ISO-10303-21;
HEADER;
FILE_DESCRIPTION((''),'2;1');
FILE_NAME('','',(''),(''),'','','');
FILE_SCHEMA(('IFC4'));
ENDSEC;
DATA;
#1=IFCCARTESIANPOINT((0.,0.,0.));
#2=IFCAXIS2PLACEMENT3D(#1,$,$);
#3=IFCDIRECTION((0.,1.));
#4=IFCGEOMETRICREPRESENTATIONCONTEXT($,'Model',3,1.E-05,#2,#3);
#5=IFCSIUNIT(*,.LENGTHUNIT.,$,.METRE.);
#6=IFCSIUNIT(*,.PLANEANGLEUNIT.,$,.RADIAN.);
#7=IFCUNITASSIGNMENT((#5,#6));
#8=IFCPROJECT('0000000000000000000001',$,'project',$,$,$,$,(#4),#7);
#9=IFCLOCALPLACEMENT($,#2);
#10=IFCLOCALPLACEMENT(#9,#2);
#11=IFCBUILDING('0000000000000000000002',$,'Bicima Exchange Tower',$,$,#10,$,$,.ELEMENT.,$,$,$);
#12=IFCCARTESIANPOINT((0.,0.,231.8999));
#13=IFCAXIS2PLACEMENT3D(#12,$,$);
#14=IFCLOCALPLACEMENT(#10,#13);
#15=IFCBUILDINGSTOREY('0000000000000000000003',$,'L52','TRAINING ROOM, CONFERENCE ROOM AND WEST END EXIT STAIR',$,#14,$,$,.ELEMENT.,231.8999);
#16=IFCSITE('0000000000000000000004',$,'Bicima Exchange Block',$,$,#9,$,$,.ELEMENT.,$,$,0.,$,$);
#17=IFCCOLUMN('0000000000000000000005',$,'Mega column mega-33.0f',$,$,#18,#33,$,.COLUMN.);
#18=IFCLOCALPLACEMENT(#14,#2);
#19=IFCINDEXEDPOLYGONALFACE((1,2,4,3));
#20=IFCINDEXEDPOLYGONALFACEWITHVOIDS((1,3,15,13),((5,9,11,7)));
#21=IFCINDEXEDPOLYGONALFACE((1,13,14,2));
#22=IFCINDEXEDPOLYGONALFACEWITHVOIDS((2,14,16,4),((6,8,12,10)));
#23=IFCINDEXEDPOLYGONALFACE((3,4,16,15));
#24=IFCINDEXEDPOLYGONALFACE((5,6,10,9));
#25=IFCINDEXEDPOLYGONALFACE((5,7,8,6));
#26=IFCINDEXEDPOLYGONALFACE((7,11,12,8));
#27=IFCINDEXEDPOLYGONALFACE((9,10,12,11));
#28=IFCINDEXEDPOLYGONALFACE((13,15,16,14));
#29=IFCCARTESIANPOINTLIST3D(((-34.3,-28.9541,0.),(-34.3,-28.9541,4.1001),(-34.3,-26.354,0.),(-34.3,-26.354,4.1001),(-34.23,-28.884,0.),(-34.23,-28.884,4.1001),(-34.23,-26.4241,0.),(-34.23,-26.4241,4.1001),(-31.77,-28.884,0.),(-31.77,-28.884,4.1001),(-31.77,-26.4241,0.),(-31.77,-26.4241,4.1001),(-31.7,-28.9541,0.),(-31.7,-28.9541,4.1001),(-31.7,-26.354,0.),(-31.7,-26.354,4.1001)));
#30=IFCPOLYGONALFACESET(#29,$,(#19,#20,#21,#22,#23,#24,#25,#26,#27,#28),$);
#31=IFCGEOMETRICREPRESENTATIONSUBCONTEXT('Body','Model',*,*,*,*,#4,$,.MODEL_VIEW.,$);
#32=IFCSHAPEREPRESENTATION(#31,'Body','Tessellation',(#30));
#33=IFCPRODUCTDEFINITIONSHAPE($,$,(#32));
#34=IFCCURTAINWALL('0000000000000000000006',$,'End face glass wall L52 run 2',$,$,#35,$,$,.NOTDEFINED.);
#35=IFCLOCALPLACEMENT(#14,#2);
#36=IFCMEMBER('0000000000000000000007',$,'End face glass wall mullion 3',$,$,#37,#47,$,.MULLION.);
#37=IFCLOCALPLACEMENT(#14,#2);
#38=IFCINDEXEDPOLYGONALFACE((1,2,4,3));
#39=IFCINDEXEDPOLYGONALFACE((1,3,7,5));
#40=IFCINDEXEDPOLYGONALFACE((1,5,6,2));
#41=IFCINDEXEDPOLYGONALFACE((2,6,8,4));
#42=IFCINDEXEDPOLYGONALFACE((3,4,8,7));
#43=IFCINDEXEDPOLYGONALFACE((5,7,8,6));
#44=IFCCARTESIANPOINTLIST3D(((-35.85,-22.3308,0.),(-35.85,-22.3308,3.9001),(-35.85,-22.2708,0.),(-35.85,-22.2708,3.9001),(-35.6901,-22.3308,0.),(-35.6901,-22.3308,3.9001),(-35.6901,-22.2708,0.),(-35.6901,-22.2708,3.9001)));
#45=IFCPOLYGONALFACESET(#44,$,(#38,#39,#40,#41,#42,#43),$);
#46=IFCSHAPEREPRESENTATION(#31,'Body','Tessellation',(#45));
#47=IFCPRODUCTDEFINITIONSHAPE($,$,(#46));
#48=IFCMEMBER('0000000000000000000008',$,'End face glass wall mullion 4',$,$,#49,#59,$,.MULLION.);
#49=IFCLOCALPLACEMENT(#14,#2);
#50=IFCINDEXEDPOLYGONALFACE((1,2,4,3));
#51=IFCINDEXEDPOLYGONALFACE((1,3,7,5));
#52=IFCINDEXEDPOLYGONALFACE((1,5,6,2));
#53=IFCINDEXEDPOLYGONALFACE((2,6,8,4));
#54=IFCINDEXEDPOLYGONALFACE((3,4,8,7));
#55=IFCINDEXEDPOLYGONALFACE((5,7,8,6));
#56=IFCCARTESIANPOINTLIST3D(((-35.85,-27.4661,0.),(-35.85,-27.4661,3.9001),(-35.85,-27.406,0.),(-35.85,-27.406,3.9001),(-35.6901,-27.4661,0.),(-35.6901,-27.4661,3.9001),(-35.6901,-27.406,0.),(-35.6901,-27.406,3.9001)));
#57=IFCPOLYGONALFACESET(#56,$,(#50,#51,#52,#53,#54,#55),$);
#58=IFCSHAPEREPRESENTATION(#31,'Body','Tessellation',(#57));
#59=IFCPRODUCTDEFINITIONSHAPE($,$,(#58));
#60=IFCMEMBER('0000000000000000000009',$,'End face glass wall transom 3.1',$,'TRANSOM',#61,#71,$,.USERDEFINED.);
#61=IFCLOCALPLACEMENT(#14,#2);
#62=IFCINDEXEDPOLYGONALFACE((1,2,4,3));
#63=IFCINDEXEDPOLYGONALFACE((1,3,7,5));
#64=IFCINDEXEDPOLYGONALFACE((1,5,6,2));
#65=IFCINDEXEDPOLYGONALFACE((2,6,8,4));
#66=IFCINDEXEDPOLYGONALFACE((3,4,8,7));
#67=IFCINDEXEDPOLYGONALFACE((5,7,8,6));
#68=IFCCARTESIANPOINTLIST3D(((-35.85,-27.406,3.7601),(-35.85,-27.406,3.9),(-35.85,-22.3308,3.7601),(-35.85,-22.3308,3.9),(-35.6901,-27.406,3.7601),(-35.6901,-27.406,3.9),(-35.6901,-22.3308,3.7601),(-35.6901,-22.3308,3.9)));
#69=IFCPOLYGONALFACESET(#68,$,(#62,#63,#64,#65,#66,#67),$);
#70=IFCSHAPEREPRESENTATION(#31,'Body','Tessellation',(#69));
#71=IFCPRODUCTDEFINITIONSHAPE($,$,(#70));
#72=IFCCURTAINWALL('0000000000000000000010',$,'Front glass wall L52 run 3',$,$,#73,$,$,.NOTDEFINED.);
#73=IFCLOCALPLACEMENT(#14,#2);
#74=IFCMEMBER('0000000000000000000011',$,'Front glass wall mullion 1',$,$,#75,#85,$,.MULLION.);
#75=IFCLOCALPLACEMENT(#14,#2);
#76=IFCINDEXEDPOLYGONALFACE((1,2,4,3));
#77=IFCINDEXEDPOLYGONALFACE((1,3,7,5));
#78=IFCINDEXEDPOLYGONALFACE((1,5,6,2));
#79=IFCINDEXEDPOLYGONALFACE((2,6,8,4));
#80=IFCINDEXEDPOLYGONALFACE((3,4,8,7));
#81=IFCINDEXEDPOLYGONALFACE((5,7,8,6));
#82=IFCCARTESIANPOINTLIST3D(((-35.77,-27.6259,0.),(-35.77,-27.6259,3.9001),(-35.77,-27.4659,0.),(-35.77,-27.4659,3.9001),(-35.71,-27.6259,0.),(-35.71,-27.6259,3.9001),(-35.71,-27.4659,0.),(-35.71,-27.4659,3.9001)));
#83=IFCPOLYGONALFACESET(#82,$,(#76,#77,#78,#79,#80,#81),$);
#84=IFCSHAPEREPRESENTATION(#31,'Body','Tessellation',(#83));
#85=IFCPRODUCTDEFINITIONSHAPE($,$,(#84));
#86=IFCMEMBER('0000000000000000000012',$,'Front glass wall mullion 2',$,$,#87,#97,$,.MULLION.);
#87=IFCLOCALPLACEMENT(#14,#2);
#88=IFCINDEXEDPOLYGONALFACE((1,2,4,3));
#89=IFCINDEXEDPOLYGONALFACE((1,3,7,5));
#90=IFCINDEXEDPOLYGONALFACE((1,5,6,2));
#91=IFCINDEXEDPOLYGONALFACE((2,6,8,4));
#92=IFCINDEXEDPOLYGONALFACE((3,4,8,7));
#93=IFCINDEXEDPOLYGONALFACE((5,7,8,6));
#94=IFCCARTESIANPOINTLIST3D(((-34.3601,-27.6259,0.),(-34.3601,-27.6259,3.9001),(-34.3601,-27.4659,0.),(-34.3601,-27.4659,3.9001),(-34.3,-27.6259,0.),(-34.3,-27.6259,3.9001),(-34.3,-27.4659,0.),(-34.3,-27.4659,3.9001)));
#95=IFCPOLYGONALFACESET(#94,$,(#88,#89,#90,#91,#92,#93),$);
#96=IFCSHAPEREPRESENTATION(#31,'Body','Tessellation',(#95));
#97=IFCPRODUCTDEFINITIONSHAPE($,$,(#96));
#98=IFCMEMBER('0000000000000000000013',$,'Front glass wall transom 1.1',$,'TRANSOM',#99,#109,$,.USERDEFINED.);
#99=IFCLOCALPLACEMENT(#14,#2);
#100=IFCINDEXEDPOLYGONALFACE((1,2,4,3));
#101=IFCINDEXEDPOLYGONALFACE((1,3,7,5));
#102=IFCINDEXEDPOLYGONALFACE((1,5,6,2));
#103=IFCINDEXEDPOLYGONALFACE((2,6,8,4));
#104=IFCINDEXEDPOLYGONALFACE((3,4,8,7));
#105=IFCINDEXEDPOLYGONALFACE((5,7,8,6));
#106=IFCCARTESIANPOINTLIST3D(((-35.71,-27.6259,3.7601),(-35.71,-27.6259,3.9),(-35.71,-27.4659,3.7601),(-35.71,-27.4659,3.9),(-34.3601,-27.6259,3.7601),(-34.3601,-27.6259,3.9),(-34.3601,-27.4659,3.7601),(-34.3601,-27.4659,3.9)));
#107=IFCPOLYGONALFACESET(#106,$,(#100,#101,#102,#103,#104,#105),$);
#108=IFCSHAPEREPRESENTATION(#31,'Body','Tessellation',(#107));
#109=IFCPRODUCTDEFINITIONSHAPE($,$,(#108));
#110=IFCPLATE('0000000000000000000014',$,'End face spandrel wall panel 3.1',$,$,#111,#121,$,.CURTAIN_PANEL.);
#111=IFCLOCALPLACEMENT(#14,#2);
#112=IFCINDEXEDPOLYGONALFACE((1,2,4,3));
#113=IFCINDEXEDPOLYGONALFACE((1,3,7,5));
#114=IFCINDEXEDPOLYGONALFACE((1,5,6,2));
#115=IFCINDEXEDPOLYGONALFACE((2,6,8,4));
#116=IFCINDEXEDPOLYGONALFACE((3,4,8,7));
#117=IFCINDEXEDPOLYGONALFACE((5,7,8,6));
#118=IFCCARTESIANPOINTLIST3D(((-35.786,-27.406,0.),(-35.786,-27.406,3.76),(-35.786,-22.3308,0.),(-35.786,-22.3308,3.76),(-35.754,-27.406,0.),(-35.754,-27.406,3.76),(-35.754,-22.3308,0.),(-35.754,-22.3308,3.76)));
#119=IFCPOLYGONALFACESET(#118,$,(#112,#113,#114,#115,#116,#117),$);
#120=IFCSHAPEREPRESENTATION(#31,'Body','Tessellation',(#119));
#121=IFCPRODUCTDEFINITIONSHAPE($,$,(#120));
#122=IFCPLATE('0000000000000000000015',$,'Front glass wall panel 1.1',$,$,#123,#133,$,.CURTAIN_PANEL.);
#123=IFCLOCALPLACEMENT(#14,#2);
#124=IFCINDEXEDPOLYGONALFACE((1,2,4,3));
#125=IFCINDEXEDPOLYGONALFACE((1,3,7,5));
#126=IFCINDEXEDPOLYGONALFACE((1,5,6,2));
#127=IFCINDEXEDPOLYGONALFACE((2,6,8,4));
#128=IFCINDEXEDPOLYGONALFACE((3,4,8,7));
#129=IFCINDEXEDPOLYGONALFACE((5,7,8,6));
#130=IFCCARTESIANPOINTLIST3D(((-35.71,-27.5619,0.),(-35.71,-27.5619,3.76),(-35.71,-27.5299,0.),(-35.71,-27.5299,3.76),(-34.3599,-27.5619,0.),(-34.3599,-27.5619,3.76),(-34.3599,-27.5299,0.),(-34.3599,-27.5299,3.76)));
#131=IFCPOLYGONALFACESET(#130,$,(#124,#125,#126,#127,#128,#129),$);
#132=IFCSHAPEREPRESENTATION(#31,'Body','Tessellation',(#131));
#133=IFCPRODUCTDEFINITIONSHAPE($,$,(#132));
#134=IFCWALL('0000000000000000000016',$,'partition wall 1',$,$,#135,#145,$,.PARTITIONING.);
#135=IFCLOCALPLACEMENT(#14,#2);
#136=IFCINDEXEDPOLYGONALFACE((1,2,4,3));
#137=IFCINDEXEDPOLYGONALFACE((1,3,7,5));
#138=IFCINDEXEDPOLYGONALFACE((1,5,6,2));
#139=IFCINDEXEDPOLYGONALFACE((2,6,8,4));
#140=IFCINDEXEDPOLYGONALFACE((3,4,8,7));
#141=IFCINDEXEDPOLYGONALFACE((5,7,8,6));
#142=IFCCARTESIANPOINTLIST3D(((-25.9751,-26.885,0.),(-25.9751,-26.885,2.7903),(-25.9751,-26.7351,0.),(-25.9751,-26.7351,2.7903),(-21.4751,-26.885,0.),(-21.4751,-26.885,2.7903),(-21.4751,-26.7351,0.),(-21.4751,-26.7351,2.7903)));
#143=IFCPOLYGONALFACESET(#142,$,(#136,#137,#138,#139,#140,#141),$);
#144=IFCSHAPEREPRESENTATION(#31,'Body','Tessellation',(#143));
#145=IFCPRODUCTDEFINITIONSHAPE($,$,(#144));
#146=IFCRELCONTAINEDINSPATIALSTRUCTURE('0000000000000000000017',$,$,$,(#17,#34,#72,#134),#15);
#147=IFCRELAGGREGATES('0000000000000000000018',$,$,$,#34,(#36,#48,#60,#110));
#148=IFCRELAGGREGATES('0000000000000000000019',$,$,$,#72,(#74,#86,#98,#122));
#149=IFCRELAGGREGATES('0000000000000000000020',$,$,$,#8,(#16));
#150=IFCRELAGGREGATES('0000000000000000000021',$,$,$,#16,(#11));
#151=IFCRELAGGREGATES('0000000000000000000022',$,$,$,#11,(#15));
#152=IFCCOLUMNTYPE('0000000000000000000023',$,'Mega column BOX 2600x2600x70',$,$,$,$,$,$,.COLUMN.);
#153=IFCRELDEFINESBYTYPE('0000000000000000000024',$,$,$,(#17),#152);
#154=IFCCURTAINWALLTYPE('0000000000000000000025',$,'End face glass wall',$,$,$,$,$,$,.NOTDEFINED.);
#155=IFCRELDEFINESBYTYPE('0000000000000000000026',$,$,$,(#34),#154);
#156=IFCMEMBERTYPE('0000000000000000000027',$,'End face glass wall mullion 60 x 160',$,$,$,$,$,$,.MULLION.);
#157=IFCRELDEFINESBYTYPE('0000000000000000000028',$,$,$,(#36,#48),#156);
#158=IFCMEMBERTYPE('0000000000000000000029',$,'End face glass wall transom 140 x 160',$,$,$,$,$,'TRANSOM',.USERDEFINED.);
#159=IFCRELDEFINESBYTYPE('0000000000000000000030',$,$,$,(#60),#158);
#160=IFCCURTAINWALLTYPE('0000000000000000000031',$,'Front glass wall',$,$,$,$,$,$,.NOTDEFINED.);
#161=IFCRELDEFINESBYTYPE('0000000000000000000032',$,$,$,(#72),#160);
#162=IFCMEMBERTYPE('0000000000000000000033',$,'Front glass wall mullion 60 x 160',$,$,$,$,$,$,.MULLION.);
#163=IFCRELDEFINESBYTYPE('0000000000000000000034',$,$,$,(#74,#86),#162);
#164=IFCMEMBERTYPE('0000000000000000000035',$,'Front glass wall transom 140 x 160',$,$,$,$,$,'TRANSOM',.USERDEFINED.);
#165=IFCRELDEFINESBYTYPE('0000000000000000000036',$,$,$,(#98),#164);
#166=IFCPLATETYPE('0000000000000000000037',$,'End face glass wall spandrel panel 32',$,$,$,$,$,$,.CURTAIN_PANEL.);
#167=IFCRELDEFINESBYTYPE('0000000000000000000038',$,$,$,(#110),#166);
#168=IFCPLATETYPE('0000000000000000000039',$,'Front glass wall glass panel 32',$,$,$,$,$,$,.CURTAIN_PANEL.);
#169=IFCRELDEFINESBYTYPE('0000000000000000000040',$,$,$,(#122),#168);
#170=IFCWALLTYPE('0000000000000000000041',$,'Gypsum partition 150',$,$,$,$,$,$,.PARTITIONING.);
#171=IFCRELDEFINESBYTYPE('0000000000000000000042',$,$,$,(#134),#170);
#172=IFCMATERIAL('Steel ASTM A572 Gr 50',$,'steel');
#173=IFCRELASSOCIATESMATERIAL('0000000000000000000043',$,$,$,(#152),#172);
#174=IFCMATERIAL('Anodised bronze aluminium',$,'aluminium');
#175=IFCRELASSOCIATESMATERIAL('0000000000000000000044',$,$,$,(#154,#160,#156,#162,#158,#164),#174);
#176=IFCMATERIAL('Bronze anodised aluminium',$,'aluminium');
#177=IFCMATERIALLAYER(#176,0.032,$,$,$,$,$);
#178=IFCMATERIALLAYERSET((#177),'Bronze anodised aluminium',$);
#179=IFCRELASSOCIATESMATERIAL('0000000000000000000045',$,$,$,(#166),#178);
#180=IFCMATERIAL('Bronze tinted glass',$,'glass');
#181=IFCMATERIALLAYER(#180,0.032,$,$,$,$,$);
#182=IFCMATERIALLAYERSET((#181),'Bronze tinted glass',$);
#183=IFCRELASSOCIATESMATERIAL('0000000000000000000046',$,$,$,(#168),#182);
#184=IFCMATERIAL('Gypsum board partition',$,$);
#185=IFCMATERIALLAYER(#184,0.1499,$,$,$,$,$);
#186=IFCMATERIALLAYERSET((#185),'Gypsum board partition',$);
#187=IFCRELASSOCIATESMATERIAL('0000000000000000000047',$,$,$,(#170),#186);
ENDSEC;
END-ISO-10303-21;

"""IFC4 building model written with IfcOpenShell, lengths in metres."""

from ifc_helpers import new_model, si_unit, direction, frame, frame_2d, origin, origin_2d, place, context, subcontext, project, spatial, rectangle, hollow_rectangle, extrude, material, layer, layer_set, material_profile, profile_set, type_object, element, aggregate, save


model = new_model("IFC4")

# Units and contexts
model_context = context("Model", 3, precision=1e-05, world=origin(), true_north=direction((0.0, 1.0)))
body_context = subcontext(model_context, "Body", "Model", "MODEL_VIEW")
ifc_project = project(units=[si_unit("LENGTHUNIT", "METRE"), si_unit("PLANEANGLEUNIT", "RADIAN")], contexts=[model_context])

# Site, building, storey
site_placement = place(None, origin())
site = spatial("IfcSite", under=ifc_project, at=site_placement, Name="Bicima Exchange Block", CompositionType="ELEMENT", RefElevation=0.0)
building_placement = place(site_placement, origin())
building = spatial("IfcBuilding", under=site, at=building_placement, Name="Bicima Exchange Tower", CompositionType="ELEMENT")
storey_placement = place(building_placement, frame((0.0, 0.0, 231.8999)))
storey = spatial("IfcBuildingStorey", under=building, at=storey_placement, Name="L52", Description="TRAINING ROOM, CONFERENCE ROOM AND WEST END EXIT STAIR", CompositionType="ELEMENT", Elevation=231.8999)

# Column
ifc_material_1 = material(Name="Steel ASTM A572 Gr 50", Category="steel")
ifc_material_profile_1 = material_profile(ifc_material_1, hollow_rectangle(XDim=2.6001, YDim=2.6001, WallThickness=0.0701, at=origin_2d()))
ifc_profile_set_1 = profile_set([ifc_material_profile_1], Name="Steel ASTM A572 Gr 50")
column_type = type_object("IfcColumnType", Name="Mega column BOX 2600x2600x70", PredefinedType="COLUMN", material=ifc_profile_set_1)
column_placement = place(storey_placement, frame((-33.0, -27.6541, 0.0), z_axis=(0.0, 0.0, 1.0), x_axis=(1.0, 0.0, 0.0)))
element("IfcColumn", 1, at=column_placement, inside=storey, type_object=column_type, Name="Mega column mega-33.0f", PredefinedType="COLUMN", context=body_context, shape_type="SweptSolid", body=[
    extrude(hollow_rectangle(XDim=2.6001, YDim=2.6001, WallThickness=0.0701, at=origin_2d()), origin(), (0.0, 0.0, 1.0), 4.1001),
])

# Curtain walls, members
ifc_material_2 = material(Name="Anodised bronze aluminium", Category="aluminium")
curtain_wall_type_1 = type_object("IfcCurtainWallType", Name="End face glass wall", PredefinedType="NOTDEFINED", material=ifc_material_2)
curtain_wall_1_placement = place(storey_placement, origin())
curtain_wall_1 = element("IfcCurtainWall", 2, at=curtain_wall_1_placement, inside=storey, type_object=curtain_wall_type_1, Name="End face glass wall L52 run 2", PredefinedType="NOTDEFINED")
ifc_material_profile_2 = material_profile(ifc_material_2, rectangle(XDim=0.1599, YDim=0.0601, at=origin_2d()))
ifc_profile_set_2 = profile_set([ifc_material_profile_2], Name="Anodised bronze aluminium")
member_type_1 = type_object("IfcMemberType", Name="End face glass wall mullion 60 x 160", PredefinedType="MULLION", material=ifc_profile_set_2)
member_1_placement = place(storey_placement, frame((-35.77, -22.3008, 0.0), z_axis=(0.0, 0.0, 1.0), x_axis=(1.0, 0.0, 0.0)))
member_1 = element("IfcMember", 3, at=member_1_placement, type_object=member_type_1, Name="End face glass wall mullion 3", PredefinedType="MULLION", context=body_context, shape_type="SweptSolid", body=[
    extrude(rectangle(XDim=0.1599, YDim=0.0601, at=origin_2d()), origin(), (0.0, 0.0, 1.0), 3.9001),
])
member_2_placement = place(storey_placement, frame((-35.77, -27.436, 0.0), z_axis=(0.0, 0.0, 1.0), x_axis=(1.0, 0.0, 0.0)))
member_2 = element("IfcMember", 4, at=member_2_placement, type_object=member_type_1, Name="End face glass wall mullion 4", PredefinedType="MULLION", context=body_context, shape_type="SweptSolid", body=[
    extrude(rectangle(XDim=0.1599, YDim=0.0601, at=origin_2d()), origin(), (0.0, 0.0, 1.0), 3.9001),
])
ifc_material_profile_3 = material_profile(ifc_material_2, rectangle(XDim=0.1599, YDim=0.1399, at=origin_2d()))
ifc_profile_set_3 = profile_set([ifc_material_profile_3], Name="Anodised bronze aluminium")
member_type_2 = type_object("IfcMemberType", Name="End face glass wall transom 140 x 160", ElementType="TRANSOM", PredefinedType="USERDEFINED", material=ifc_profile_set_3)
member_3_placement = place(storey_placement, frame((-35.77, -22.3308, 3.8301), z_axis=(0.0, -1.0, 0.0), x_axis=(1.0, 0.0, 0.0)))
member_3 = element("IfcMember", 5, at=member_3_placement, type_object=member_type_2, Name="End face glass wall transom 3.1", ObjectType="TRANSOM", PredefinedType="USERDEFINED", context=body_context, shape_type="SweptSolid", body=[
    extrude(rectangle(XDim=0.1599, YDim=0.1399, at=origin_2d()), origin(), (0.0, 0.0, 1.0), 5.0752),
])
curtain_wall_type_2 = type_object("IfcCurtainWallType", Name="Front glass wall", PredefinedType="NOTDEFINED", material=ifc_material_2)
curtain_wall_2_placement = place(storey_placement, origin())
curtain_wall_2 = element("IfcCurtainWall", 6, at=curtain_wall_2_placement, inside=storey, type_object=curtain_wall_type_2, Name="Front glass wall L52 run 3", PredefinedType="NOTDEFINED")
member_type_3 = type_object("IfcMemberType", Name="Front glass wall mullion 60 x 160", PredefinedType="MULLION", material=ifc_profile_set_2)
member_4_placement = place(storey_placement, frame((-35.74, -27.5459, 0.0), z_axis=(0.0, 0.0, 1.0), x_axis=(0.0, 1.0, 0.0)))
member_4 = element("IfcMember", 7, at=member_4_placement, type_object=member_type_3, Name="Front glass wall mullion 1", PredefinedType="MULLION", context=body_context, shape_type="SweptSolid", body=[
    extrude(rectangle(XDim=0.1599, YDim=0.0601, at=origin_2d()), origin(), (0.0, 0.0, 1.0), 3.9001),
])
member_5_placement = place(storey_placement, frame((-34.3301, -27.5459, 0.0), z_axis=(0.0, 0.0, 1.0), x_axis=(0.0, 1.0, 0.0)))
member_5 = element("IfcMember", 8, at=member_5_placement, type_object=member_type_3, Name="Front glass wall mullion 2", PredefinedType="MULLION", context=body_context, shape_type="SweptSolid", body=[
    extrude(rectangle(XDim=0.1599, YDim=0.0601, at=origin_2d()), origin(), (0.0, 0.0, 1.0), 3.9001),
])
member_type_4 = type_object("IfcMemberType", Name="Front glass wall transom 140 x 160", ElementType="TRANSOM", PredefinedType="USERDEFINED", material=ifc_profile_set_3)
member_6_placement = place(storey_placement, frame((-35.71, -27.5459, 3.8301), z_axis=(1.0, 0.0, 0.0), x_axis=(0.0, 1.0, 0.0)))
member_6 = element("IfcMember", 9, at=member_6_placement, type_object=member_type_4, Name="Front glass wall transom 1.1", ObjectType="TRANSOM", PredefinedType="USERDEFINED", context=body_context, shape_type="SweptSolid", body=[
    extrude(rectangle(XDim=0.1599, YDim=0.1399, at=origin_2d()), origin(), (0.0, 0.0, 1.0), 1.3499),
])

# Plates
ifc_material_3 = material(Name="Bronze anodised aluminium", Category="aluminium")
ifc_layer_1 = layer(ifc_material_3, 0.032)
ifc_layer_set_1 = layer_set([ifc_layer_1], Name="Bronze anodised aluminium")
plate_type_1 = type_object("IfcPlateType", Name="End face glass wall spandrel panel 32", PredefinedType="CURTAIN_PANEL", material=ifc_layer_set_1)
plate_1_placement = place(storey_placement, frame((-35.77, -24.8684, 0.0), z_axis=(0.0, 0.0, 1.0), x_axis=(0.0, -1.0, 0.0)))
plate_1 = element("IfcPlate", 10, at=plate_1_placement, type_object=plate_type_1, Name="End face spandrel wall panel 3.1", PredefinedType="CURTAIN_PANEL", context=body_context, shape_type="SweptSolid", body=[
    extrude(rectangle(XDim=5.0752, YDim=0.032, at=origin_2d()), origin(), (0.0, 0.0, 1.0), 3.76),
])
aggregate(curtain_wall_1, [member_1, member_2, member_3, plate_1])
ifc_material_4 = material(Name="Bronze tinted glass", Category="glass")
ifc_layer_2 = layer(ifc_material_4, 0.032)
ifc_layer_set_2 = layer_set([ifc_layer_2], Name="Bronze tinted glass")
plate_type_2 = type_object("IfcPlateType", Name="Front glass wall glass panel 32", PredefinedType="CURTAIN_PANEL", material=ifc_layer_set_2)
plate_2_placement = place(storey_placement, frame((-35.0349, -27.5459, 0.0), z_axis=(0.0, 0.0, 1.0), x_axis=(1.0, 0.0, 0.0)))
plate_2 = element("IfcPlate", 11, at=plate_2_placement, type_object=plate_type_2, Name="Front glass wall panel 1.1", PredefinedType="CURTAIN_PANEL", context=body_context, shape_type="SweptSolid", body=[
    extrude(rectangle(XDim=1.3501, YDim=0.032, at=origin_2d()), origin(), (0.0, 0.0, 1.0), 3.76),
])
aggregate(curtain_wall_2, [member_4, member_5, member_6, plate_2])

# Wall
ifc_material_5 = material(Name="Gypsum board partition")
ifc_layer_3 = layer(ifc_material_5, 0.1499)
ifc_layer_set_3 = layer_set([ifc_layer_3], Name="Gypsum board partition")
wall_type = type_object("IfcWallType", Name="Gypsum partition 150", PredefinedType="PARTITIONING", material=ifc_layer_set_3)
wall_placement = place(storey_placement, frame((-25.9751, -26.8101, 0.0), z_axis=(0.0, 0.0, 1.0), x_axis=(1.0, 0.0, 0.0)))
element("IfcWall", 12, at=wall_placement, inside=storey, type_object=wall_type, Name="partition wall 1", PredefinedType="PARTITIONING", context=body_context, shape_type="SweptSolid", body=[
    extrude(rectangle(XDim=4.5, YDim=0.1499, at=frame_2d((2.25, 0.0))), origin(), (0.0, 0.0, 1.0), 2.7903),
])

save(model, "model.ifc")
